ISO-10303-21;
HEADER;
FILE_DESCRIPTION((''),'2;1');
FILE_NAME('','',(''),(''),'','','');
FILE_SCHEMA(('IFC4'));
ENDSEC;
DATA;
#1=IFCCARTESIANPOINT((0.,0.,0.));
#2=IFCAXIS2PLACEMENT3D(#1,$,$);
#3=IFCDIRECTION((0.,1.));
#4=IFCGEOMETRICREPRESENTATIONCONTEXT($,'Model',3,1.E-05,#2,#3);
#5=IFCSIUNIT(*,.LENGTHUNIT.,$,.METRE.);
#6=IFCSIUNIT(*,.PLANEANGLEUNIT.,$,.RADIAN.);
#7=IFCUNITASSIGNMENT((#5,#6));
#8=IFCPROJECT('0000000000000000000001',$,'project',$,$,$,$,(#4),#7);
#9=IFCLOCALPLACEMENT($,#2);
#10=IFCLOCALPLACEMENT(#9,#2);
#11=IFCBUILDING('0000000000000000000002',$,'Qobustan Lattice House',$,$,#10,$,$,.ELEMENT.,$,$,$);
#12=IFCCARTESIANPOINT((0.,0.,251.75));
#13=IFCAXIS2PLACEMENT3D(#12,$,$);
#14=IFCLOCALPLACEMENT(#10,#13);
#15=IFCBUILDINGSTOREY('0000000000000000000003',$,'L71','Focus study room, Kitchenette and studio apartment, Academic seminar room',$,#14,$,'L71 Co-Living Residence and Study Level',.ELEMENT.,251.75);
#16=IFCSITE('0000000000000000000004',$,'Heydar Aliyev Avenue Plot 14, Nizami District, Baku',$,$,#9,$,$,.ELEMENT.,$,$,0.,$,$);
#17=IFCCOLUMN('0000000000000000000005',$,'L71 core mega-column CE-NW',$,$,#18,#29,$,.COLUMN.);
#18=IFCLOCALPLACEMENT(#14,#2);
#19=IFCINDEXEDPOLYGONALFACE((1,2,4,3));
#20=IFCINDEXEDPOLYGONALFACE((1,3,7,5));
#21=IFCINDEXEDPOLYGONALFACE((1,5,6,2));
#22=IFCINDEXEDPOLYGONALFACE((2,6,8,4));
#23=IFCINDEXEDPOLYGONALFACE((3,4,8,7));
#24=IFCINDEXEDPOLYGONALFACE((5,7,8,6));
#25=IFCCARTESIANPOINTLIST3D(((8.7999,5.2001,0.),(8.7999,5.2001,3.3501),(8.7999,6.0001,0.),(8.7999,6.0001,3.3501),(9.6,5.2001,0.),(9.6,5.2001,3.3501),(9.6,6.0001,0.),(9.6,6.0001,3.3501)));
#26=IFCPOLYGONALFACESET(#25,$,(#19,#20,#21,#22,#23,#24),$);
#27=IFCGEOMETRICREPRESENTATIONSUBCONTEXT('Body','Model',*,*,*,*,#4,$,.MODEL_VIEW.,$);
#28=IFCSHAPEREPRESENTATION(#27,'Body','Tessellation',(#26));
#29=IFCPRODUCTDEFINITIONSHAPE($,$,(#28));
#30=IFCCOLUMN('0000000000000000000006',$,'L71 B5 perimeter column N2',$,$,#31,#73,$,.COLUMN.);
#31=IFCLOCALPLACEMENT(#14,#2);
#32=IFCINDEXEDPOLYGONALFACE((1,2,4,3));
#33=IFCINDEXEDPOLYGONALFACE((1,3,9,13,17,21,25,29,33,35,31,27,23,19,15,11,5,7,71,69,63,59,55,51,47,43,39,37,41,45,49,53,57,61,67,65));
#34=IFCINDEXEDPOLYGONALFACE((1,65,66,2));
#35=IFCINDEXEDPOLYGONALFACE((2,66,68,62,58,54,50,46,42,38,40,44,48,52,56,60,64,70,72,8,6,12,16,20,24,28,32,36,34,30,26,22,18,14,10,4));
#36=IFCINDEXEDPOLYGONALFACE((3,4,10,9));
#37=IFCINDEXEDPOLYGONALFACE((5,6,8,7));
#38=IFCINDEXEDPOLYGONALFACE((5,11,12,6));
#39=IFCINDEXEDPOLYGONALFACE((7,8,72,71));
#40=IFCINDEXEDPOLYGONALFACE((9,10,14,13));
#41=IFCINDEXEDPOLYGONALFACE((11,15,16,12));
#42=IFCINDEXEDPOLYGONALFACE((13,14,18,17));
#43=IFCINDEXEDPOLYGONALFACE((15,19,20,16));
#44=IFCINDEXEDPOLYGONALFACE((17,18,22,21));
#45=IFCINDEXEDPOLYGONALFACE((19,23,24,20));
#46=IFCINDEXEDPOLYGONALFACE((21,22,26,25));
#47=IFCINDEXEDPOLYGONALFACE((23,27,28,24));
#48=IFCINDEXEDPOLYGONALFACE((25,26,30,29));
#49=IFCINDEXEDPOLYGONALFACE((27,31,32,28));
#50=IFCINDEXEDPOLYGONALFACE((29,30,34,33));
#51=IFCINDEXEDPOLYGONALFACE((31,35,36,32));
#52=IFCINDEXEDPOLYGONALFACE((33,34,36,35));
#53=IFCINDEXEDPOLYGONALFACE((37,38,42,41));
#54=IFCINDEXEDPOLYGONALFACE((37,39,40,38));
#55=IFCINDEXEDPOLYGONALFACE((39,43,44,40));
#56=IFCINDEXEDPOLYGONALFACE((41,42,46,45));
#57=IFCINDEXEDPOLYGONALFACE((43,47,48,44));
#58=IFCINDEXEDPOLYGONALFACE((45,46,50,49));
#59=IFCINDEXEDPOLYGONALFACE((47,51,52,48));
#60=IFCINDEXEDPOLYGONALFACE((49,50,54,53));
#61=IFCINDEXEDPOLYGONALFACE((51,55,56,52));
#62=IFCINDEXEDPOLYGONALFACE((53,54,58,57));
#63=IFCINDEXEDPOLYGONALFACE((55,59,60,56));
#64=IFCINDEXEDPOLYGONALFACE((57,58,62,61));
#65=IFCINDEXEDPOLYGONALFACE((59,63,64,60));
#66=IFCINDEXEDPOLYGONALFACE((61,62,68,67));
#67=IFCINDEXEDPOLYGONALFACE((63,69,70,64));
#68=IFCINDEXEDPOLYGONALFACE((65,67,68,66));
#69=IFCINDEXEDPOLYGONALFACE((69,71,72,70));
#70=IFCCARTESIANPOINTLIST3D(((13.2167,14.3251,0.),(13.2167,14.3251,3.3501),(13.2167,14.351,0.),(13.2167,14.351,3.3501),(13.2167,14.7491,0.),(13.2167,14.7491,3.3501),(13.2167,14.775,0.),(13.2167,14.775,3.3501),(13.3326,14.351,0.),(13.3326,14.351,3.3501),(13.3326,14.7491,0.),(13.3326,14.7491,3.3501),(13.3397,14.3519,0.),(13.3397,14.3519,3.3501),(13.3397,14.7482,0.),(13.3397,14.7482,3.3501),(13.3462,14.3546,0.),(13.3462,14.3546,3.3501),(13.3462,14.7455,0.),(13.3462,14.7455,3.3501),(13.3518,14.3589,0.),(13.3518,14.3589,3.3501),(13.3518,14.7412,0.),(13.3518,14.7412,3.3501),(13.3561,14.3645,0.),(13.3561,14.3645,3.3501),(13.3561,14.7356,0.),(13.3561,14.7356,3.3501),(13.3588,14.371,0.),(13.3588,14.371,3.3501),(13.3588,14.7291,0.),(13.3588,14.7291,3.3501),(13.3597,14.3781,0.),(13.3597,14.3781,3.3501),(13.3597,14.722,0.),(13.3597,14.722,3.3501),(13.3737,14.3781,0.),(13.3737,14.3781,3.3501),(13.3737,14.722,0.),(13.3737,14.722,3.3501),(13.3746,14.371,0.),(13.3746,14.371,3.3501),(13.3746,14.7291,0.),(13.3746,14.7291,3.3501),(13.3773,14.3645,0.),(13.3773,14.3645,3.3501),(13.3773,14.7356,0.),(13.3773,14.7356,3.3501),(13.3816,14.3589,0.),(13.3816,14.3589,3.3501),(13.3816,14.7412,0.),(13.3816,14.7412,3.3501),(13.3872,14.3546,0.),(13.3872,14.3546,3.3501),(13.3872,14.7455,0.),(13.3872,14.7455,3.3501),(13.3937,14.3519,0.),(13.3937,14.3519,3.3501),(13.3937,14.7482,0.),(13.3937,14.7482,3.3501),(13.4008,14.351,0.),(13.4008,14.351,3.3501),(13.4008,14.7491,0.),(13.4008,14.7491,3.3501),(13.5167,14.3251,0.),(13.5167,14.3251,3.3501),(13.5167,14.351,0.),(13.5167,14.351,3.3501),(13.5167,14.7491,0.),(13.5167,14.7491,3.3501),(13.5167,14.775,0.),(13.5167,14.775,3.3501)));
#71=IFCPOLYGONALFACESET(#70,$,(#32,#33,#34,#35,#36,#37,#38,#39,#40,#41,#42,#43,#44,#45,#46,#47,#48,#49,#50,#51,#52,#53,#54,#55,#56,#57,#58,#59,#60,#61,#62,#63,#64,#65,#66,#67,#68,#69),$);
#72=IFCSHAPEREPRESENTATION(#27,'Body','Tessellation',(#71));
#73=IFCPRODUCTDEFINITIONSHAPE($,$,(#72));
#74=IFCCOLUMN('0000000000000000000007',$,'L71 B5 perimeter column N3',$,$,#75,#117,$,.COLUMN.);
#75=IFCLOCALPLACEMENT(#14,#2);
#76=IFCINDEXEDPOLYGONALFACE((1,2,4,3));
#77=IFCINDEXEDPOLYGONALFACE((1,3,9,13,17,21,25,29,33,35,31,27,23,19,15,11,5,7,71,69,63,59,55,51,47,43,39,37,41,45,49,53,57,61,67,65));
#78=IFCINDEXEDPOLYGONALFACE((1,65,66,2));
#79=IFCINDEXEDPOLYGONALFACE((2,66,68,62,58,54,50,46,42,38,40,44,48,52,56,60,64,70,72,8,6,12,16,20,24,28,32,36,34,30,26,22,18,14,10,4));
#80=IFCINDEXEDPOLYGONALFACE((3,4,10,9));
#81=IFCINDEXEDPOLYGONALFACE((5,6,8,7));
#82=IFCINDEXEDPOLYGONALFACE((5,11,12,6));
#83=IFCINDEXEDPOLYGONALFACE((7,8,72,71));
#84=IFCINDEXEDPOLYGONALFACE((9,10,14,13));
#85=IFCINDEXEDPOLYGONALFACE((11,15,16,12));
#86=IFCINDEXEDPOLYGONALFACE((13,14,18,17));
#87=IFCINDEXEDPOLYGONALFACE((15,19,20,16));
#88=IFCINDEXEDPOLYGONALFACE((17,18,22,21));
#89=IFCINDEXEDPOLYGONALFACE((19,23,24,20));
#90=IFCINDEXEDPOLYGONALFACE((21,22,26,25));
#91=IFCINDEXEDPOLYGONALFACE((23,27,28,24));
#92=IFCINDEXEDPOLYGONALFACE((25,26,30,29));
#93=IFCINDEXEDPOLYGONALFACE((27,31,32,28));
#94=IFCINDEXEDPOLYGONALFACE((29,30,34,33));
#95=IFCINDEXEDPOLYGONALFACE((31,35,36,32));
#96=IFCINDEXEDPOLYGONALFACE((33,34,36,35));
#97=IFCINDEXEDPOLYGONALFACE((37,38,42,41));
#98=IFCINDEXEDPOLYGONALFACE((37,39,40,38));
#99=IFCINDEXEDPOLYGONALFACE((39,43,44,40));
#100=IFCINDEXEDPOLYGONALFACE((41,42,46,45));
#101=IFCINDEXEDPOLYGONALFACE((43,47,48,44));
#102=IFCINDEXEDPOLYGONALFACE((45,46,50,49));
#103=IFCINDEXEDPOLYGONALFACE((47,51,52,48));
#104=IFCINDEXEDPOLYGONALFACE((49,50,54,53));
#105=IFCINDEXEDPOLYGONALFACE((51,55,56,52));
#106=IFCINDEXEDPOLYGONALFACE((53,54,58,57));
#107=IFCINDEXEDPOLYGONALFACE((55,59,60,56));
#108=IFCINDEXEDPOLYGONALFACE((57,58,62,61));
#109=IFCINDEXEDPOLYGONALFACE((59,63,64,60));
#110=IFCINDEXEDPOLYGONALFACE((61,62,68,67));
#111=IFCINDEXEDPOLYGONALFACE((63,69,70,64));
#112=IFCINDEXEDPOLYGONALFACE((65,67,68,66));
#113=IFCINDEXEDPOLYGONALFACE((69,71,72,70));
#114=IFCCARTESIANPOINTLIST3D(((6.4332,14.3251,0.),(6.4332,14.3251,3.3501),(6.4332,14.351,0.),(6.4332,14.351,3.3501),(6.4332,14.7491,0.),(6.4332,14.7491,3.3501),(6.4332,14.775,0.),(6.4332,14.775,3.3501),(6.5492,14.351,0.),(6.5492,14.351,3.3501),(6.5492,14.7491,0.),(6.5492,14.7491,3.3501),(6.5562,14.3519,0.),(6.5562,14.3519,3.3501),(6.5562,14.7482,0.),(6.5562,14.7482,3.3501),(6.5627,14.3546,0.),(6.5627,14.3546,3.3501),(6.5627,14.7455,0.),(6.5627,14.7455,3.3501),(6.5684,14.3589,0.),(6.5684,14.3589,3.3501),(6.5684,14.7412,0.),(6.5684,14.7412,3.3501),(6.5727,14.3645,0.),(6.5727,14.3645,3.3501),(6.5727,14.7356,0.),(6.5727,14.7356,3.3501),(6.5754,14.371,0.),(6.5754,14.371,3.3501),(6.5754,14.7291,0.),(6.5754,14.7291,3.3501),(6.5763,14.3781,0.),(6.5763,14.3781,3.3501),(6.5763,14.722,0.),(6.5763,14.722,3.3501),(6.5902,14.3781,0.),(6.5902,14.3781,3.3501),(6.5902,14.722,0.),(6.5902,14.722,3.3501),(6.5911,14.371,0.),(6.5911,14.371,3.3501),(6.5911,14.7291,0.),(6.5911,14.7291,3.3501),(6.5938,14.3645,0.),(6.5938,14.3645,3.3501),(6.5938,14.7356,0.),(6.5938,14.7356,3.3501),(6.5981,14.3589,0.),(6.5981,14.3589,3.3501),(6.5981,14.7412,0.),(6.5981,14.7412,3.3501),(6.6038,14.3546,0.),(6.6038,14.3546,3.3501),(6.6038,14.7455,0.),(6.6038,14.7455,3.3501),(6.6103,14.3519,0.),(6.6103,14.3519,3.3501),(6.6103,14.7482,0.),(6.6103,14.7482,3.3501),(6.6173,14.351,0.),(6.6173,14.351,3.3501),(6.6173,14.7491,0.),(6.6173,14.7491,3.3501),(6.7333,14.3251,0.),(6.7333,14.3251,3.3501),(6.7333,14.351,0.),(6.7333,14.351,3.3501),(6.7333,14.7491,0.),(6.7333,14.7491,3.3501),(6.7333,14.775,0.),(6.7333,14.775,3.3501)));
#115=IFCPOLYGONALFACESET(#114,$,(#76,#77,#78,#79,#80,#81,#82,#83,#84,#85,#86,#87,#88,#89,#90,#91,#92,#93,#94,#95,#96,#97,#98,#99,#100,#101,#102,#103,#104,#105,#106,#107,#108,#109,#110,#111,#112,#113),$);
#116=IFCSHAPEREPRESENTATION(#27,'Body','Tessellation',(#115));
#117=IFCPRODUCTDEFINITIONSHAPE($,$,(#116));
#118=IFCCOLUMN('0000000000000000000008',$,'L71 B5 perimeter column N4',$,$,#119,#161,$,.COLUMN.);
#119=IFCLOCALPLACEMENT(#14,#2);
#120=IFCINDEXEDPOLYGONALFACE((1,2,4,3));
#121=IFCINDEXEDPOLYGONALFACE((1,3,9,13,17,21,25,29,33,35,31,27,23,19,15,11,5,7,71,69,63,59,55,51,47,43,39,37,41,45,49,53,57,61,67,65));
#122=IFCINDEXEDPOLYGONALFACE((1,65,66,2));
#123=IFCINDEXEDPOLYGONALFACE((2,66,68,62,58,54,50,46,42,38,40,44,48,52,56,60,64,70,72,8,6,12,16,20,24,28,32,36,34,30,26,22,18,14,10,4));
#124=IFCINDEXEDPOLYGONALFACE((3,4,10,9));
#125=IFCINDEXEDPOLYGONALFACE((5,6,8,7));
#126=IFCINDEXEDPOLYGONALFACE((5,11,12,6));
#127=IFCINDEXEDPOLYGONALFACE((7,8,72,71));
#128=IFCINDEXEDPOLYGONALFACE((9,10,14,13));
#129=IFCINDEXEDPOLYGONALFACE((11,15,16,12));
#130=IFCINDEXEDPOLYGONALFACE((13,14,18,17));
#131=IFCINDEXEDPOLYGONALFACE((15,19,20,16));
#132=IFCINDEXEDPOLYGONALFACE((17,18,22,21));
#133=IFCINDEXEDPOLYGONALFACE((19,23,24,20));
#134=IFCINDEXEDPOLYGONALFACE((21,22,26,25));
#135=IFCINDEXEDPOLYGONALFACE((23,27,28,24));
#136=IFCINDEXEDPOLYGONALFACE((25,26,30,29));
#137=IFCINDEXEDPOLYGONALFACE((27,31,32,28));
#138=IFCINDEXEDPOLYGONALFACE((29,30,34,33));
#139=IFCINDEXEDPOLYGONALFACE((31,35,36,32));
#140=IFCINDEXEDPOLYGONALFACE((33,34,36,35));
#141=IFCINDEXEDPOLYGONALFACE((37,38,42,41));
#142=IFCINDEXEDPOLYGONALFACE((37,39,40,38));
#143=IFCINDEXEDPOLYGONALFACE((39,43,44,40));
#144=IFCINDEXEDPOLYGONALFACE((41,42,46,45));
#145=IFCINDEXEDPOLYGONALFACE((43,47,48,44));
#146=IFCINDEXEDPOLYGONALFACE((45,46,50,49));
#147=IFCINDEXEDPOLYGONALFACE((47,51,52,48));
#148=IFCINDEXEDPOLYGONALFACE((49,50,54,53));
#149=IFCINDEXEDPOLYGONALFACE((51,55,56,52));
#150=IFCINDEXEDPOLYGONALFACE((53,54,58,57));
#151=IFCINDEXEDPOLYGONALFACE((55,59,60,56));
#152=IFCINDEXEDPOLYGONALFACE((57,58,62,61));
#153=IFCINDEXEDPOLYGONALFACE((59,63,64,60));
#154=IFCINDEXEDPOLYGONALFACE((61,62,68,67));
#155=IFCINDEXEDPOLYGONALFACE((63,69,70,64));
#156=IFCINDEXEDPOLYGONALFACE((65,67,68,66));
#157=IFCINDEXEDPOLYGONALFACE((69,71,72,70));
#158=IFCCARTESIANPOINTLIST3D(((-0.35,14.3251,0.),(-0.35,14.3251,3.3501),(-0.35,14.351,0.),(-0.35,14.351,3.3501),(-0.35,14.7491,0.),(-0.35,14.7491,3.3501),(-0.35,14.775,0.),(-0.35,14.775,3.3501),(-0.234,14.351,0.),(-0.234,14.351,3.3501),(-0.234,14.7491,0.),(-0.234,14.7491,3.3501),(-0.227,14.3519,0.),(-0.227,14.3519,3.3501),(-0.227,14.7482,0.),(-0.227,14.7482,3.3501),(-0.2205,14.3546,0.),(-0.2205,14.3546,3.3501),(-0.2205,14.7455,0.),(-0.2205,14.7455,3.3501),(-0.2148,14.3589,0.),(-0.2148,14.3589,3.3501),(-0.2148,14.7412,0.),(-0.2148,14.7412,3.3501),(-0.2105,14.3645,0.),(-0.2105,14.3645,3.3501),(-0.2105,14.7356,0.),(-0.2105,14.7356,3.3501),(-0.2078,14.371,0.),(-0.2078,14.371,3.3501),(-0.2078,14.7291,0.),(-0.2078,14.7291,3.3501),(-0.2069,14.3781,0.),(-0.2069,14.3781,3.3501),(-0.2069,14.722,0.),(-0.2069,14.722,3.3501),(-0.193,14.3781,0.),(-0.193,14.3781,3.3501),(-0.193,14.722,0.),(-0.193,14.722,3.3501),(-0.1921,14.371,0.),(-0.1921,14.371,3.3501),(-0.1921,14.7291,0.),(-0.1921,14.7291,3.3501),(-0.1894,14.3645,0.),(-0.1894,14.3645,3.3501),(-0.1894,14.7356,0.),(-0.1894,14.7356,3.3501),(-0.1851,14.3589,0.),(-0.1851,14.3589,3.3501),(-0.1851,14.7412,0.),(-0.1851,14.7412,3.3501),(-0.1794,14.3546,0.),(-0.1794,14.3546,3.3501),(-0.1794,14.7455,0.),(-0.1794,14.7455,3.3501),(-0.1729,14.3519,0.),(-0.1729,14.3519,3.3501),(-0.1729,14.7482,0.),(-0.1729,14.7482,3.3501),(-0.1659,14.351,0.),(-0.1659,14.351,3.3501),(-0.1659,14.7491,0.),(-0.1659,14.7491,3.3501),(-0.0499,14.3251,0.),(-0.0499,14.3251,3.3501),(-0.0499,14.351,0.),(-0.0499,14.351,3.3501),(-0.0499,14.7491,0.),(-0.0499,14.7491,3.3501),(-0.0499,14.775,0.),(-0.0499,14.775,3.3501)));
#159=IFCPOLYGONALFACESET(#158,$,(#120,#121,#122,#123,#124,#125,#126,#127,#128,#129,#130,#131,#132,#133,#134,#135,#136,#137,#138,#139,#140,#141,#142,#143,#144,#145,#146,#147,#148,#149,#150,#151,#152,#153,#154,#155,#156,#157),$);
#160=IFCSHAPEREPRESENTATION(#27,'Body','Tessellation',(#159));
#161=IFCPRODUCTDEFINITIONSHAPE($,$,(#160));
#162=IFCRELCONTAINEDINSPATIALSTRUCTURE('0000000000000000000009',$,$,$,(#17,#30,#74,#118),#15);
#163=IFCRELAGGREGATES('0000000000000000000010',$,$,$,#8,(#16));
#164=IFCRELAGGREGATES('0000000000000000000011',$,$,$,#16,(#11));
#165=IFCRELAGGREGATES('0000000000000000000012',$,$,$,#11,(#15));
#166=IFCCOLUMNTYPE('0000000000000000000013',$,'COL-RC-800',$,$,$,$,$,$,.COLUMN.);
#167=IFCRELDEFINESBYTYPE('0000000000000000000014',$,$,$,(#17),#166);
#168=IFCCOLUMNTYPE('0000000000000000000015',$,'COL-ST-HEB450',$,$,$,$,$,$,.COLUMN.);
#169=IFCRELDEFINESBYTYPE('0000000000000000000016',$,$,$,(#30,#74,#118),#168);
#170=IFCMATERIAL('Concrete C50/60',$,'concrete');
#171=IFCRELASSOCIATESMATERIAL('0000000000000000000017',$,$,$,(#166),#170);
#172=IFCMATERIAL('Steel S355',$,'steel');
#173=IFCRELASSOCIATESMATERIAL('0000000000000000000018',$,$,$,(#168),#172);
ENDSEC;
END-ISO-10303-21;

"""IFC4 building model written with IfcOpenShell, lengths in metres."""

from ifc_helpers import new_model, si_unit, direction, frame, origin, origin_2d, place, context, subcontext, project, spatial, rectangle, i_section, extrude, material, material_profile, profile_set, type_object, element, save


model = new_model("IFC4")

# Units and contexts
model_context = context("Model", 3, precision=1e-05, world=origin(), true_north=direction((0.0, 1.0)))
body_context = subcontext(model_context, "Body", "Model", "MODEL_VIEW")
ifc_project = project(units=[si_unit("LENGTHUNIT", "METRE"), si_unit("PLANEANGLEUNIT", "RADIAN")], contexts=[model_context])

# Site, building, storey
site_placement = place(None, origin())
site = spatial("IfcSite", under=ifc_project, at=site_placement, Name="Heydar Aliyev Avenue Plot 14, Nizami District, Baku", CompositionType="ELEMENT", RefElevation=0.0)
building_placement = place(site_placement, origin())
building = spatial("IfcBuilding", under=site, at=building_placement, Name="Qobustan Lattice House", CompositionType="ELEMENT")
storey_placement = place(building_placement, frame((0.0, 0.0, 251.75)))
storey = spatial("IfcBuildingStorey", under=building, at=storey_placement, Name="L71", Description="Focus study room, Kitchenette and studio apartment, Academic seminar room", LongName="L71 Co-Living Residence and Study Level", CompositionType="ELEMENT", Elevation=251.75)

# Columns
ifc_material_1 = material(Name="Concrete C50/60", Category="concrete")
ifc_material_profile_1 = material_profile(ifc_material_1, rectangle(XDim=0.8, YDim=0.8, at=origin_2d()), Name="RC800x800")
ifc_profile_set_1 = profile_set([ifc_material_profile_1], Name="Concrete C50/60")
column_type_1 = type_object("IfcColumnType", Name="COL-RC-800", PredefinedType="COLUMN", material=ifc_profile_set_1)
column_placement = place(storey_placement, frame((9.2, 5.6001, 0.0), z_axis=(0.0, 0.0, 1.0), x_axis=(1.0, 0.0, 0.0)))
element("IfcColumn", 1, at=column_placement, inside=storey, type_object=column_type_1, Name="L71 core mega-column CE-NW", PredefinedType="COLUMN", context=body_context, shape_type="SweptSolid", body=[
    extrude(rectangle(XDim=0.8, YDim=0.8, at=origin_2d()), origin(), (0.0, 0.0, 1.0), 3.3501),
])
ifc_material_2 = material(Name="Steel S355", Category="steel")
ifc_material_profile_2 = material_profile(ifc_material_2, i_section(OverallWidth=0.3, OverallDepth=0.45, WebThickness=0.0139, FlangeThickness=0.0259, FilletRadius=0.0271, at=origin_2d()), Name="HEB450")
ifc_profile_set_2 = profile_set([ifc_material_profile_2], Name="Steel S355")
column_type_2 = type_object("IfcColumnType", Name="COL-ST-HEB450", PredefinedType="COLUMN", material=ifc_profile_set_2)
for number, where, z_axis, x_axis, name in (
    (2, (13.3667, 14.55, 0.0), (0.0, 0.0, 1.0), (1.0, 0.0, 0.0), "L71 B5 perimeter column N2"),
    (3, (6.5833, 14.55, 0.0), (0.0, 0.0, 1.0), (1.0, 0.0, 0.0), "L71 B5 perimeter column N3"),
    (4, (-0.2, 14.55, 0.0), (0.0, 0.0, 1.0), (1.0, 0.0, 0.0), "L71 B5 perimeter column N4"),
):
    element("IfcColumn", number, at=place(storey_placement, frame(where, z_axis=z_axis, x_axis=x_axis)), inside=storey, type_object=column_type_2, Name=name, PredefinedType="COLUMN", context=body_context, shape_type="SweptSolid", body=[
        extrude(i_section(OverallWidth=0.3, OverallDepth=0.45, WebThickness=0.0139, FlangeThickness=0.0259, FilletRadius=0.0271, at=origin_2d()), origin(), (0.0, 0.0, 1.0), 3.3501),
    ])

save(model, "model.ifc")
